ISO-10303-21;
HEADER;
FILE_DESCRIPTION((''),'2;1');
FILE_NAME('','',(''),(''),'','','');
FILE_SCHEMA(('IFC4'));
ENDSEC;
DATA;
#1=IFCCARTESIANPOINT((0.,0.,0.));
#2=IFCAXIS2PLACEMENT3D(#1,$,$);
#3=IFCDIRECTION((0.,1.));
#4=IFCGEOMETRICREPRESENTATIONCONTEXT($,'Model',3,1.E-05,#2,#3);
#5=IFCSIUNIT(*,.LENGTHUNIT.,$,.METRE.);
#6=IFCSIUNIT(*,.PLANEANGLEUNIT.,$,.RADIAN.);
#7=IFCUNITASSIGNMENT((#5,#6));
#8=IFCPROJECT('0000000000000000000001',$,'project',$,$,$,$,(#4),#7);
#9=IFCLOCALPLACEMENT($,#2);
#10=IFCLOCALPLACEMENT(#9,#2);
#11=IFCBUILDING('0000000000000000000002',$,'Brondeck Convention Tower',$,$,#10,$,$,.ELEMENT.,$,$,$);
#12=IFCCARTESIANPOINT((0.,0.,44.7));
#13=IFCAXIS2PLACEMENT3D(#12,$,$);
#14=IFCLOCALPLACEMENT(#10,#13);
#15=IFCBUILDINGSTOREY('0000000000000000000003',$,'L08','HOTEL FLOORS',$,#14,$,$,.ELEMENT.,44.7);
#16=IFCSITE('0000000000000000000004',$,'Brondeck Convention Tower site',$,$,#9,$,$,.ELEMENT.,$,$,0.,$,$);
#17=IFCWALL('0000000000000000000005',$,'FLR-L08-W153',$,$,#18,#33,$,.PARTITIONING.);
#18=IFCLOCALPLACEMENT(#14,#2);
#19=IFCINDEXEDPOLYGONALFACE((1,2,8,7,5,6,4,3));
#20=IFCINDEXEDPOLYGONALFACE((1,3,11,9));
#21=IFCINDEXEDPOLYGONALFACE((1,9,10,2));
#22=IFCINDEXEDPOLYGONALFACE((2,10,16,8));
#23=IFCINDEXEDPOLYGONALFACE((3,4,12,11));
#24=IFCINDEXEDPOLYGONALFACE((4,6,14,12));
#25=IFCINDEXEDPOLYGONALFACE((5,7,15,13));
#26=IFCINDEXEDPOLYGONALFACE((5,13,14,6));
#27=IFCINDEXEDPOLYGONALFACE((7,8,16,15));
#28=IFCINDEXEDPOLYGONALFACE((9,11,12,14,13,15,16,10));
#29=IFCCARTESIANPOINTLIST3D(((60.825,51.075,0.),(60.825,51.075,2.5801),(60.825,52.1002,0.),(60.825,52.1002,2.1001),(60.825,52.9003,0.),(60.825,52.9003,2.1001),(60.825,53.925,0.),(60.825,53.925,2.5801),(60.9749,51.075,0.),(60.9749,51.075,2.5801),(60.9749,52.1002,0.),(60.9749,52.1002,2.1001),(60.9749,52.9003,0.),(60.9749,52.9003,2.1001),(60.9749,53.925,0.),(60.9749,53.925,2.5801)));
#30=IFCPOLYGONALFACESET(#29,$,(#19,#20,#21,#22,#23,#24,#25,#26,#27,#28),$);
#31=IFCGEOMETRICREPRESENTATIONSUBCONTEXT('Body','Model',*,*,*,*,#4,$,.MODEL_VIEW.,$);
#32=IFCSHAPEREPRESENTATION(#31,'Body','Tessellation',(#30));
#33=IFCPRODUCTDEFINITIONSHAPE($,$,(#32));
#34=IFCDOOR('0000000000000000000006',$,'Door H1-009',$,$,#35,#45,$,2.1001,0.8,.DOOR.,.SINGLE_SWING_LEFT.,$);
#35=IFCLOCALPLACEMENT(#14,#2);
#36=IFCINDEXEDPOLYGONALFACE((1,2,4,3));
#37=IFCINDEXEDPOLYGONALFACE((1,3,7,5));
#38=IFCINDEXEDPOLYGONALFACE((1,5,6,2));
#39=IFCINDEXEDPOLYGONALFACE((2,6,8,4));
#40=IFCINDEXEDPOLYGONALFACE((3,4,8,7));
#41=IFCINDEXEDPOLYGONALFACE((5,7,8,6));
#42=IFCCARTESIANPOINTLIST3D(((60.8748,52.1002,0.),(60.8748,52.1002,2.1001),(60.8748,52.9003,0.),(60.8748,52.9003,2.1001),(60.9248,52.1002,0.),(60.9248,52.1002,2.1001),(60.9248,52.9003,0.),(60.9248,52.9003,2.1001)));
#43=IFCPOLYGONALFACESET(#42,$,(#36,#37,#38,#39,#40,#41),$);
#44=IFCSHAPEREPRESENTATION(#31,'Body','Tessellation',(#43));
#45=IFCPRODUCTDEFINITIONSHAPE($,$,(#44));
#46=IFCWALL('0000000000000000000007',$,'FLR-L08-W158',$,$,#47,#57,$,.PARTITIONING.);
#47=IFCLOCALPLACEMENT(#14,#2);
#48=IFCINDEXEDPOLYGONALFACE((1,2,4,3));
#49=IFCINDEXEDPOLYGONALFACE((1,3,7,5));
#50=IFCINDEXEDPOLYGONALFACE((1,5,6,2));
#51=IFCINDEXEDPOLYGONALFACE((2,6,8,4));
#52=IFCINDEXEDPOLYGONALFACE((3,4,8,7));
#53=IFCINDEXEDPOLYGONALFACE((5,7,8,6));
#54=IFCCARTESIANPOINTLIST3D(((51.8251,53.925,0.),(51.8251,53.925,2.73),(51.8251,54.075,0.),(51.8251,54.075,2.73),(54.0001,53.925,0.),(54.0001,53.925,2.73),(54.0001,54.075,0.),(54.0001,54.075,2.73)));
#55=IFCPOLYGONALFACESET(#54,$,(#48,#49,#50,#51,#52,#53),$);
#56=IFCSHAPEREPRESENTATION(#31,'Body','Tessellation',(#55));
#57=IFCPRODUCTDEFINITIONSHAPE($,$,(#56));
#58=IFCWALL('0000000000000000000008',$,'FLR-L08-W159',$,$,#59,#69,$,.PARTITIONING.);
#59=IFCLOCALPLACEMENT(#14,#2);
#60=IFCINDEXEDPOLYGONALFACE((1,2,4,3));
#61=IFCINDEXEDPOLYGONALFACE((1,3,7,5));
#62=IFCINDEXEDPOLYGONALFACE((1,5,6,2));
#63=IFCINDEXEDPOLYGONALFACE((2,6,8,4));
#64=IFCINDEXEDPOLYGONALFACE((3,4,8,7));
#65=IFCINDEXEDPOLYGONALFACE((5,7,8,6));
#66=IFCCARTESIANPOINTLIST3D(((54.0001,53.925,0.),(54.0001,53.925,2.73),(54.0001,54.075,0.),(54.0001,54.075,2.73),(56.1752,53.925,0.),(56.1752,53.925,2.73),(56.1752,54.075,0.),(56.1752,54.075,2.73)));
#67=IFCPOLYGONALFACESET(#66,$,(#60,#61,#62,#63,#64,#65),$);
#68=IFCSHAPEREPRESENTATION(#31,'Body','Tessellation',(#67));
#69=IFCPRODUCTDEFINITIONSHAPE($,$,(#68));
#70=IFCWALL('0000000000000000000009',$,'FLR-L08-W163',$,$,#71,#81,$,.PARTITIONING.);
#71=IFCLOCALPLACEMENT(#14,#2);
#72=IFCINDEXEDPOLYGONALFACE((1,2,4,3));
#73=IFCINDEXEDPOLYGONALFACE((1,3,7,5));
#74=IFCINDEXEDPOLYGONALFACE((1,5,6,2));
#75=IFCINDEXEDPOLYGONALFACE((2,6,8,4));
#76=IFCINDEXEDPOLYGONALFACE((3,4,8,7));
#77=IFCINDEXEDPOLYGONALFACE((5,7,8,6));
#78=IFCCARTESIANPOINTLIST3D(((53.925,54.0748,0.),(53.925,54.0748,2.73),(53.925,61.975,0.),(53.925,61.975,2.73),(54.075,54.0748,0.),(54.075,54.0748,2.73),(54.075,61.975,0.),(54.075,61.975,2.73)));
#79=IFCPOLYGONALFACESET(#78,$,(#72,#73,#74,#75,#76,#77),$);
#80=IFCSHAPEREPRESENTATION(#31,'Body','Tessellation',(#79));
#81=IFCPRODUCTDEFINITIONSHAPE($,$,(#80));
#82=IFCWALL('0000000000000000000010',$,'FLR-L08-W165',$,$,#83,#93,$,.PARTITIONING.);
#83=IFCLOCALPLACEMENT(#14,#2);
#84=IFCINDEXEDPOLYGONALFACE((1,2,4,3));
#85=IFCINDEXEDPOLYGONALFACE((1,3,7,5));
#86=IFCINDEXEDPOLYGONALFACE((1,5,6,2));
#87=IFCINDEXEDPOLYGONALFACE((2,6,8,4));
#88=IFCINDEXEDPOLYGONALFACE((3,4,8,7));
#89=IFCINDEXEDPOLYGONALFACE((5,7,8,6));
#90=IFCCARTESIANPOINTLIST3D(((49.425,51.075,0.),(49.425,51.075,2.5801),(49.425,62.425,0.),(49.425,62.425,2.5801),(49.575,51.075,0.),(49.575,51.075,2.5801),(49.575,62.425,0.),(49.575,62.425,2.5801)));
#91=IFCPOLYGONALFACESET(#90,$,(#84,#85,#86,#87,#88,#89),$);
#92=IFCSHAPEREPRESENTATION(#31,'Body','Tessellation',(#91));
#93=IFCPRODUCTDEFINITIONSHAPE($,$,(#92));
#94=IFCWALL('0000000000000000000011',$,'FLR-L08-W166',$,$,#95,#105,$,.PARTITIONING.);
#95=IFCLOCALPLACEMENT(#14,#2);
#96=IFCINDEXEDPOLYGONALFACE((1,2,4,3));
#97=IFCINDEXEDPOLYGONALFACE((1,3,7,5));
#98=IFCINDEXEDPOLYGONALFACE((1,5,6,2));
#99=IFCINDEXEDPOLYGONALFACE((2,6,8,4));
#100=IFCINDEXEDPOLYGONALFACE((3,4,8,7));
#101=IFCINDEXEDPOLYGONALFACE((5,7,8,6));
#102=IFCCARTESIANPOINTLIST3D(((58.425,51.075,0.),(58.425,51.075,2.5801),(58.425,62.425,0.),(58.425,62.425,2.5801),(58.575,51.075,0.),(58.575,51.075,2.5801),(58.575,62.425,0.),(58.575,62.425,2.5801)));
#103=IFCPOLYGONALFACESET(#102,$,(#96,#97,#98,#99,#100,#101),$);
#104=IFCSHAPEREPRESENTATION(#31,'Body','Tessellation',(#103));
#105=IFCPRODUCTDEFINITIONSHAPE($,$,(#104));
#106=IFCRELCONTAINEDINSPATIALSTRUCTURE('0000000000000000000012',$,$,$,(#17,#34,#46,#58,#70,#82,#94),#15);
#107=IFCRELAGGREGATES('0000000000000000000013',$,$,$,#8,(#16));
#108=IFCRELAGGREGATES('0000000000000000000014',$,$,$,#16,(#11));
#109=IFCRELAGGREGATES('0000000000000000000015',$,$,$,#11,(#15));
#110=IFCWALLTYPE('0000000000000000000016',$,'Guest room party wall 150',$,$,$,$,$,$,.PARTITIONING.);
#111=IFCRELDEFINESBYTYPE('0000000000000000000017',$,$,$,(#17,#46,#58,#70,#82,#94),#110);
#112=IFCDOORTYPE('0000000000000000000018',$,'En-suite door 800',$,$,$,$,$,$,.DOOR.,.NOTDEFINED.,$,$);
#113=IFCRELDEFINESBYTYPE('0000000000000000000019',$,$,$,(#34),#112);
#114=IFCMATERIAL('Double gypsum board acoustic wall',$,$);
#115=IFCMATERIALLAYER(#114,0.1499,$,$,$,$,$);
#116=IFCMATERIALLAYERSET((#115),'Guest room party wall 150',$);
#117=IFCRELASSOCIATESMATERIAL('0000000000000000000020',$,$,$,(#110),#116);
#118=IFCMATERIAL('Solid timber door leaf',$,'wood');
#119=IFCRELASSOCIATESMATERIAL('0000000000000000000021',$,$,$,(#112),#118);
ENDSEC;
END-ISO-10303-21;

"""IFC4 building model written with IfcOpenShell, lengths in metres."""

from ifc_helpers import new_model, si_unit, direction, frame, frame_2d, origin, place, context, subcontext, project, spatial, rectangle, extrude, material, layer, layer_set, type_object, element, fill, save


model = new_model("IFC4")

# Units and contexts
model_context = context("Model", 3, precision=1e-05, world=origin(), true_north=direction((0.0, 1.0)))
body_context = subcontext(model_context, "Body", "Model", "MODEL_VIEW")
ifc_project = project(units=[si_unit("LENGTHUNIT", "METRE"), si_unit("PLANEANGLEUNIT", "RADIAN")], contexts=[model_context])

# Site, building, storey
site_placement = place(None, origin())
site = spatial("IfcSite", under=ifc_project, at=site_placement, Name="Brondeck Convention Tower site", CompositionType="ELEMENT", RefElevation=0.0)
building_placement = place(site_placement, origin())
building = spatial("IfcBuilding", under=site, at=building_placement, Name="Brondeck Convention Tower", CompositionType="ELEMENT")
storey_placement = place(building_placement, frame((0.0, 0.0, 44.7)))
storey = spatial("IfcBuildingStorey", under=building, at=storey_placement, Name="L08", Description="HOTEL FLOORS", CompositionType="ELEMENT", Elevation=44.7)

# Shared definitions
ifc_material_1 = material(Name="Double gypsum board acoustic wall")
ifc_layer_1 = layer(ifc_material_1, 0.1499)
ifc_layer_set_1 = layer_set([ifc_layer_1], Name="Guest room party wall 150")
wall_type_1 = type_object("IfcWallType", Name="Guest room party wall 150", PredefinedType="PARTITIONING", material=ifc_layer_set_1)
ifc_material_2 = material(Name="Solid timber door leaf", Category="wood")
door_type = type_object("IfcDoorType", Name="En-suite door 800", OperationType="NOTDEFINED", PredefinedType="DOOR", material=ifc_material_2)

# Wall, opening, door
wall_1_placement = place(storey_placement, frame((60.8999, 53.925, 0.0), z_axis=(0.0, 0.0, 1.0), x_axis=(0.0, -1.0, 0.0)))
wall_1 = element("IfcWall", 1, at=wall_1_placement, inside=storey, type_object=wall_type_1, Name="FLR-L08-W153", PredefinedType="PARTITIONING", context=body_context, shape_type="SweptSolid", body=[
    extrude(rectangle(XDim=2.8501, YDim=0.1499, at=frame_2d((1.425, 0.0))), origin(), (0.0, 0.0, 1.0), 2.5801),
])
opening_1_placement = place(wall_1_placement, frame((1.0249, 0.0, 0.0)))
opening_1 = element("IfcOpeningElement", 2, at=opening_1_placement, cuts=wall_1, PredefinedType="OPENING", context=body_context, shape_type="SweptSolid", body=[
    extrude(rectangle(XDim=0.8, YDim=2.1001, at=frame_2d((0.3999, 1.05))), frame((0.0, 0.085, 0.0), z_axis=(0.0, -1.0, 0.0), x_axis=(1.0, 0.0, 0.0)), (0.0, 0.0, 1.0), 0.1699),
])
door_1_placement = place(opening_1_placement, origin())
door_1 = element("IfcDoor", 3, at=door_1_placement, inside=storey, type_object=door_type, Name="Door H1-009", OperationType="SINGLE_SWING_LEFT", OverallHeight=2.1001, OverallWidth=0.8, PredefinedType="DOOR", context=body_context, shape_type="SweptSolid", body=[
    extrude(rectangle(XDim=0.8, YDim=2.1001, at=frame_2d((0.3999, 1.05))), frame((0.0, 0.0249, 0.0), z_axis=(0.0, -1.0, 0.0), x_axis=(1.0, 0.0, 0.0)), (0.0, 0.0, 1.0), 0.05),
])
fill(opening_1, door_1)

# Walls
for number, where, z_axis, x_axis, name in (
    (4, (54.0, 54.0, 0.0), (0.0, 0.0, 1.0), (-1.0, 0.0, 0.0), "FLR-L08-W158"),
    (5, (56.175, 54.0, 0.0), (0.0, 0.0, 1.0), (-1.0, 0.0, 0.0), "FLR-L08-W159"),
):
    element("IfcWall", number, at=place(storey_placement, frame(where, z_axis=z_axis, x_axis=x_axis)), inside=storey, type_object=wall_type_1, Name=name, PredefinedType="PARTITIONING", context=body_context, shape_type="SweptSolid", body=[
        extrude(rectangle(XDim=2.175, YDim=0.1499, at=frame_2d((1.0874, 0.0))), origin(), (0.0, 0.0, 1.0), 2.73),
    ])
wall_2_placement = place(storey_placement, frame((54.0, 61.9751, 0.0), z_axis=(0.0, 0.0, 1.0), x_axis=(0.0, -1.0, 0.0)))
element("IfcWall", 6, at=wall_2_placement, inside=storey, type_object=wall_type_1, Name="FLR-L08-W163", PredefinedType="PARTITIONING", context=body_context, shape_type="SweptSolid", body=[
    extrude(rectangle(XDim=7.9001, YDim=0.1499, at=frame_2d((3.9502, 0.0))), origin(), (0.0, 0.0, 1.0), 2.73),
])
for number, where, z_axis, x_axis, name in (
    (7, (49.5, 62.425, 0.0), (0.0, 0.0, 1.0), (0.0, -1.0, 0.0), "FLR-L08-W165"),
    (8, (58.5, 62.425, 0.0), (0.0, 0.0, 1.0), (0.0, -1.0, 0.0), "FLR-L08-W166"),
):
    element("IfcWall", number, at=place(storey_placement, frame(where, z_axis=z_axis, x_axis=x_axis)), inside=storey, type_object=wall_type_1, Name=name, PredefinedType="PARTITIONING", context=body_context, shape_type="SweptSolid", body=[
        extrude(rectangle(XDim=11.3501, YDim=0.1499, at=frame_2d((5.675, 0.0))), origin(), (0.0, 0.0, 1.0), 2.5801),
    ])

save(model, "model.ifc")
